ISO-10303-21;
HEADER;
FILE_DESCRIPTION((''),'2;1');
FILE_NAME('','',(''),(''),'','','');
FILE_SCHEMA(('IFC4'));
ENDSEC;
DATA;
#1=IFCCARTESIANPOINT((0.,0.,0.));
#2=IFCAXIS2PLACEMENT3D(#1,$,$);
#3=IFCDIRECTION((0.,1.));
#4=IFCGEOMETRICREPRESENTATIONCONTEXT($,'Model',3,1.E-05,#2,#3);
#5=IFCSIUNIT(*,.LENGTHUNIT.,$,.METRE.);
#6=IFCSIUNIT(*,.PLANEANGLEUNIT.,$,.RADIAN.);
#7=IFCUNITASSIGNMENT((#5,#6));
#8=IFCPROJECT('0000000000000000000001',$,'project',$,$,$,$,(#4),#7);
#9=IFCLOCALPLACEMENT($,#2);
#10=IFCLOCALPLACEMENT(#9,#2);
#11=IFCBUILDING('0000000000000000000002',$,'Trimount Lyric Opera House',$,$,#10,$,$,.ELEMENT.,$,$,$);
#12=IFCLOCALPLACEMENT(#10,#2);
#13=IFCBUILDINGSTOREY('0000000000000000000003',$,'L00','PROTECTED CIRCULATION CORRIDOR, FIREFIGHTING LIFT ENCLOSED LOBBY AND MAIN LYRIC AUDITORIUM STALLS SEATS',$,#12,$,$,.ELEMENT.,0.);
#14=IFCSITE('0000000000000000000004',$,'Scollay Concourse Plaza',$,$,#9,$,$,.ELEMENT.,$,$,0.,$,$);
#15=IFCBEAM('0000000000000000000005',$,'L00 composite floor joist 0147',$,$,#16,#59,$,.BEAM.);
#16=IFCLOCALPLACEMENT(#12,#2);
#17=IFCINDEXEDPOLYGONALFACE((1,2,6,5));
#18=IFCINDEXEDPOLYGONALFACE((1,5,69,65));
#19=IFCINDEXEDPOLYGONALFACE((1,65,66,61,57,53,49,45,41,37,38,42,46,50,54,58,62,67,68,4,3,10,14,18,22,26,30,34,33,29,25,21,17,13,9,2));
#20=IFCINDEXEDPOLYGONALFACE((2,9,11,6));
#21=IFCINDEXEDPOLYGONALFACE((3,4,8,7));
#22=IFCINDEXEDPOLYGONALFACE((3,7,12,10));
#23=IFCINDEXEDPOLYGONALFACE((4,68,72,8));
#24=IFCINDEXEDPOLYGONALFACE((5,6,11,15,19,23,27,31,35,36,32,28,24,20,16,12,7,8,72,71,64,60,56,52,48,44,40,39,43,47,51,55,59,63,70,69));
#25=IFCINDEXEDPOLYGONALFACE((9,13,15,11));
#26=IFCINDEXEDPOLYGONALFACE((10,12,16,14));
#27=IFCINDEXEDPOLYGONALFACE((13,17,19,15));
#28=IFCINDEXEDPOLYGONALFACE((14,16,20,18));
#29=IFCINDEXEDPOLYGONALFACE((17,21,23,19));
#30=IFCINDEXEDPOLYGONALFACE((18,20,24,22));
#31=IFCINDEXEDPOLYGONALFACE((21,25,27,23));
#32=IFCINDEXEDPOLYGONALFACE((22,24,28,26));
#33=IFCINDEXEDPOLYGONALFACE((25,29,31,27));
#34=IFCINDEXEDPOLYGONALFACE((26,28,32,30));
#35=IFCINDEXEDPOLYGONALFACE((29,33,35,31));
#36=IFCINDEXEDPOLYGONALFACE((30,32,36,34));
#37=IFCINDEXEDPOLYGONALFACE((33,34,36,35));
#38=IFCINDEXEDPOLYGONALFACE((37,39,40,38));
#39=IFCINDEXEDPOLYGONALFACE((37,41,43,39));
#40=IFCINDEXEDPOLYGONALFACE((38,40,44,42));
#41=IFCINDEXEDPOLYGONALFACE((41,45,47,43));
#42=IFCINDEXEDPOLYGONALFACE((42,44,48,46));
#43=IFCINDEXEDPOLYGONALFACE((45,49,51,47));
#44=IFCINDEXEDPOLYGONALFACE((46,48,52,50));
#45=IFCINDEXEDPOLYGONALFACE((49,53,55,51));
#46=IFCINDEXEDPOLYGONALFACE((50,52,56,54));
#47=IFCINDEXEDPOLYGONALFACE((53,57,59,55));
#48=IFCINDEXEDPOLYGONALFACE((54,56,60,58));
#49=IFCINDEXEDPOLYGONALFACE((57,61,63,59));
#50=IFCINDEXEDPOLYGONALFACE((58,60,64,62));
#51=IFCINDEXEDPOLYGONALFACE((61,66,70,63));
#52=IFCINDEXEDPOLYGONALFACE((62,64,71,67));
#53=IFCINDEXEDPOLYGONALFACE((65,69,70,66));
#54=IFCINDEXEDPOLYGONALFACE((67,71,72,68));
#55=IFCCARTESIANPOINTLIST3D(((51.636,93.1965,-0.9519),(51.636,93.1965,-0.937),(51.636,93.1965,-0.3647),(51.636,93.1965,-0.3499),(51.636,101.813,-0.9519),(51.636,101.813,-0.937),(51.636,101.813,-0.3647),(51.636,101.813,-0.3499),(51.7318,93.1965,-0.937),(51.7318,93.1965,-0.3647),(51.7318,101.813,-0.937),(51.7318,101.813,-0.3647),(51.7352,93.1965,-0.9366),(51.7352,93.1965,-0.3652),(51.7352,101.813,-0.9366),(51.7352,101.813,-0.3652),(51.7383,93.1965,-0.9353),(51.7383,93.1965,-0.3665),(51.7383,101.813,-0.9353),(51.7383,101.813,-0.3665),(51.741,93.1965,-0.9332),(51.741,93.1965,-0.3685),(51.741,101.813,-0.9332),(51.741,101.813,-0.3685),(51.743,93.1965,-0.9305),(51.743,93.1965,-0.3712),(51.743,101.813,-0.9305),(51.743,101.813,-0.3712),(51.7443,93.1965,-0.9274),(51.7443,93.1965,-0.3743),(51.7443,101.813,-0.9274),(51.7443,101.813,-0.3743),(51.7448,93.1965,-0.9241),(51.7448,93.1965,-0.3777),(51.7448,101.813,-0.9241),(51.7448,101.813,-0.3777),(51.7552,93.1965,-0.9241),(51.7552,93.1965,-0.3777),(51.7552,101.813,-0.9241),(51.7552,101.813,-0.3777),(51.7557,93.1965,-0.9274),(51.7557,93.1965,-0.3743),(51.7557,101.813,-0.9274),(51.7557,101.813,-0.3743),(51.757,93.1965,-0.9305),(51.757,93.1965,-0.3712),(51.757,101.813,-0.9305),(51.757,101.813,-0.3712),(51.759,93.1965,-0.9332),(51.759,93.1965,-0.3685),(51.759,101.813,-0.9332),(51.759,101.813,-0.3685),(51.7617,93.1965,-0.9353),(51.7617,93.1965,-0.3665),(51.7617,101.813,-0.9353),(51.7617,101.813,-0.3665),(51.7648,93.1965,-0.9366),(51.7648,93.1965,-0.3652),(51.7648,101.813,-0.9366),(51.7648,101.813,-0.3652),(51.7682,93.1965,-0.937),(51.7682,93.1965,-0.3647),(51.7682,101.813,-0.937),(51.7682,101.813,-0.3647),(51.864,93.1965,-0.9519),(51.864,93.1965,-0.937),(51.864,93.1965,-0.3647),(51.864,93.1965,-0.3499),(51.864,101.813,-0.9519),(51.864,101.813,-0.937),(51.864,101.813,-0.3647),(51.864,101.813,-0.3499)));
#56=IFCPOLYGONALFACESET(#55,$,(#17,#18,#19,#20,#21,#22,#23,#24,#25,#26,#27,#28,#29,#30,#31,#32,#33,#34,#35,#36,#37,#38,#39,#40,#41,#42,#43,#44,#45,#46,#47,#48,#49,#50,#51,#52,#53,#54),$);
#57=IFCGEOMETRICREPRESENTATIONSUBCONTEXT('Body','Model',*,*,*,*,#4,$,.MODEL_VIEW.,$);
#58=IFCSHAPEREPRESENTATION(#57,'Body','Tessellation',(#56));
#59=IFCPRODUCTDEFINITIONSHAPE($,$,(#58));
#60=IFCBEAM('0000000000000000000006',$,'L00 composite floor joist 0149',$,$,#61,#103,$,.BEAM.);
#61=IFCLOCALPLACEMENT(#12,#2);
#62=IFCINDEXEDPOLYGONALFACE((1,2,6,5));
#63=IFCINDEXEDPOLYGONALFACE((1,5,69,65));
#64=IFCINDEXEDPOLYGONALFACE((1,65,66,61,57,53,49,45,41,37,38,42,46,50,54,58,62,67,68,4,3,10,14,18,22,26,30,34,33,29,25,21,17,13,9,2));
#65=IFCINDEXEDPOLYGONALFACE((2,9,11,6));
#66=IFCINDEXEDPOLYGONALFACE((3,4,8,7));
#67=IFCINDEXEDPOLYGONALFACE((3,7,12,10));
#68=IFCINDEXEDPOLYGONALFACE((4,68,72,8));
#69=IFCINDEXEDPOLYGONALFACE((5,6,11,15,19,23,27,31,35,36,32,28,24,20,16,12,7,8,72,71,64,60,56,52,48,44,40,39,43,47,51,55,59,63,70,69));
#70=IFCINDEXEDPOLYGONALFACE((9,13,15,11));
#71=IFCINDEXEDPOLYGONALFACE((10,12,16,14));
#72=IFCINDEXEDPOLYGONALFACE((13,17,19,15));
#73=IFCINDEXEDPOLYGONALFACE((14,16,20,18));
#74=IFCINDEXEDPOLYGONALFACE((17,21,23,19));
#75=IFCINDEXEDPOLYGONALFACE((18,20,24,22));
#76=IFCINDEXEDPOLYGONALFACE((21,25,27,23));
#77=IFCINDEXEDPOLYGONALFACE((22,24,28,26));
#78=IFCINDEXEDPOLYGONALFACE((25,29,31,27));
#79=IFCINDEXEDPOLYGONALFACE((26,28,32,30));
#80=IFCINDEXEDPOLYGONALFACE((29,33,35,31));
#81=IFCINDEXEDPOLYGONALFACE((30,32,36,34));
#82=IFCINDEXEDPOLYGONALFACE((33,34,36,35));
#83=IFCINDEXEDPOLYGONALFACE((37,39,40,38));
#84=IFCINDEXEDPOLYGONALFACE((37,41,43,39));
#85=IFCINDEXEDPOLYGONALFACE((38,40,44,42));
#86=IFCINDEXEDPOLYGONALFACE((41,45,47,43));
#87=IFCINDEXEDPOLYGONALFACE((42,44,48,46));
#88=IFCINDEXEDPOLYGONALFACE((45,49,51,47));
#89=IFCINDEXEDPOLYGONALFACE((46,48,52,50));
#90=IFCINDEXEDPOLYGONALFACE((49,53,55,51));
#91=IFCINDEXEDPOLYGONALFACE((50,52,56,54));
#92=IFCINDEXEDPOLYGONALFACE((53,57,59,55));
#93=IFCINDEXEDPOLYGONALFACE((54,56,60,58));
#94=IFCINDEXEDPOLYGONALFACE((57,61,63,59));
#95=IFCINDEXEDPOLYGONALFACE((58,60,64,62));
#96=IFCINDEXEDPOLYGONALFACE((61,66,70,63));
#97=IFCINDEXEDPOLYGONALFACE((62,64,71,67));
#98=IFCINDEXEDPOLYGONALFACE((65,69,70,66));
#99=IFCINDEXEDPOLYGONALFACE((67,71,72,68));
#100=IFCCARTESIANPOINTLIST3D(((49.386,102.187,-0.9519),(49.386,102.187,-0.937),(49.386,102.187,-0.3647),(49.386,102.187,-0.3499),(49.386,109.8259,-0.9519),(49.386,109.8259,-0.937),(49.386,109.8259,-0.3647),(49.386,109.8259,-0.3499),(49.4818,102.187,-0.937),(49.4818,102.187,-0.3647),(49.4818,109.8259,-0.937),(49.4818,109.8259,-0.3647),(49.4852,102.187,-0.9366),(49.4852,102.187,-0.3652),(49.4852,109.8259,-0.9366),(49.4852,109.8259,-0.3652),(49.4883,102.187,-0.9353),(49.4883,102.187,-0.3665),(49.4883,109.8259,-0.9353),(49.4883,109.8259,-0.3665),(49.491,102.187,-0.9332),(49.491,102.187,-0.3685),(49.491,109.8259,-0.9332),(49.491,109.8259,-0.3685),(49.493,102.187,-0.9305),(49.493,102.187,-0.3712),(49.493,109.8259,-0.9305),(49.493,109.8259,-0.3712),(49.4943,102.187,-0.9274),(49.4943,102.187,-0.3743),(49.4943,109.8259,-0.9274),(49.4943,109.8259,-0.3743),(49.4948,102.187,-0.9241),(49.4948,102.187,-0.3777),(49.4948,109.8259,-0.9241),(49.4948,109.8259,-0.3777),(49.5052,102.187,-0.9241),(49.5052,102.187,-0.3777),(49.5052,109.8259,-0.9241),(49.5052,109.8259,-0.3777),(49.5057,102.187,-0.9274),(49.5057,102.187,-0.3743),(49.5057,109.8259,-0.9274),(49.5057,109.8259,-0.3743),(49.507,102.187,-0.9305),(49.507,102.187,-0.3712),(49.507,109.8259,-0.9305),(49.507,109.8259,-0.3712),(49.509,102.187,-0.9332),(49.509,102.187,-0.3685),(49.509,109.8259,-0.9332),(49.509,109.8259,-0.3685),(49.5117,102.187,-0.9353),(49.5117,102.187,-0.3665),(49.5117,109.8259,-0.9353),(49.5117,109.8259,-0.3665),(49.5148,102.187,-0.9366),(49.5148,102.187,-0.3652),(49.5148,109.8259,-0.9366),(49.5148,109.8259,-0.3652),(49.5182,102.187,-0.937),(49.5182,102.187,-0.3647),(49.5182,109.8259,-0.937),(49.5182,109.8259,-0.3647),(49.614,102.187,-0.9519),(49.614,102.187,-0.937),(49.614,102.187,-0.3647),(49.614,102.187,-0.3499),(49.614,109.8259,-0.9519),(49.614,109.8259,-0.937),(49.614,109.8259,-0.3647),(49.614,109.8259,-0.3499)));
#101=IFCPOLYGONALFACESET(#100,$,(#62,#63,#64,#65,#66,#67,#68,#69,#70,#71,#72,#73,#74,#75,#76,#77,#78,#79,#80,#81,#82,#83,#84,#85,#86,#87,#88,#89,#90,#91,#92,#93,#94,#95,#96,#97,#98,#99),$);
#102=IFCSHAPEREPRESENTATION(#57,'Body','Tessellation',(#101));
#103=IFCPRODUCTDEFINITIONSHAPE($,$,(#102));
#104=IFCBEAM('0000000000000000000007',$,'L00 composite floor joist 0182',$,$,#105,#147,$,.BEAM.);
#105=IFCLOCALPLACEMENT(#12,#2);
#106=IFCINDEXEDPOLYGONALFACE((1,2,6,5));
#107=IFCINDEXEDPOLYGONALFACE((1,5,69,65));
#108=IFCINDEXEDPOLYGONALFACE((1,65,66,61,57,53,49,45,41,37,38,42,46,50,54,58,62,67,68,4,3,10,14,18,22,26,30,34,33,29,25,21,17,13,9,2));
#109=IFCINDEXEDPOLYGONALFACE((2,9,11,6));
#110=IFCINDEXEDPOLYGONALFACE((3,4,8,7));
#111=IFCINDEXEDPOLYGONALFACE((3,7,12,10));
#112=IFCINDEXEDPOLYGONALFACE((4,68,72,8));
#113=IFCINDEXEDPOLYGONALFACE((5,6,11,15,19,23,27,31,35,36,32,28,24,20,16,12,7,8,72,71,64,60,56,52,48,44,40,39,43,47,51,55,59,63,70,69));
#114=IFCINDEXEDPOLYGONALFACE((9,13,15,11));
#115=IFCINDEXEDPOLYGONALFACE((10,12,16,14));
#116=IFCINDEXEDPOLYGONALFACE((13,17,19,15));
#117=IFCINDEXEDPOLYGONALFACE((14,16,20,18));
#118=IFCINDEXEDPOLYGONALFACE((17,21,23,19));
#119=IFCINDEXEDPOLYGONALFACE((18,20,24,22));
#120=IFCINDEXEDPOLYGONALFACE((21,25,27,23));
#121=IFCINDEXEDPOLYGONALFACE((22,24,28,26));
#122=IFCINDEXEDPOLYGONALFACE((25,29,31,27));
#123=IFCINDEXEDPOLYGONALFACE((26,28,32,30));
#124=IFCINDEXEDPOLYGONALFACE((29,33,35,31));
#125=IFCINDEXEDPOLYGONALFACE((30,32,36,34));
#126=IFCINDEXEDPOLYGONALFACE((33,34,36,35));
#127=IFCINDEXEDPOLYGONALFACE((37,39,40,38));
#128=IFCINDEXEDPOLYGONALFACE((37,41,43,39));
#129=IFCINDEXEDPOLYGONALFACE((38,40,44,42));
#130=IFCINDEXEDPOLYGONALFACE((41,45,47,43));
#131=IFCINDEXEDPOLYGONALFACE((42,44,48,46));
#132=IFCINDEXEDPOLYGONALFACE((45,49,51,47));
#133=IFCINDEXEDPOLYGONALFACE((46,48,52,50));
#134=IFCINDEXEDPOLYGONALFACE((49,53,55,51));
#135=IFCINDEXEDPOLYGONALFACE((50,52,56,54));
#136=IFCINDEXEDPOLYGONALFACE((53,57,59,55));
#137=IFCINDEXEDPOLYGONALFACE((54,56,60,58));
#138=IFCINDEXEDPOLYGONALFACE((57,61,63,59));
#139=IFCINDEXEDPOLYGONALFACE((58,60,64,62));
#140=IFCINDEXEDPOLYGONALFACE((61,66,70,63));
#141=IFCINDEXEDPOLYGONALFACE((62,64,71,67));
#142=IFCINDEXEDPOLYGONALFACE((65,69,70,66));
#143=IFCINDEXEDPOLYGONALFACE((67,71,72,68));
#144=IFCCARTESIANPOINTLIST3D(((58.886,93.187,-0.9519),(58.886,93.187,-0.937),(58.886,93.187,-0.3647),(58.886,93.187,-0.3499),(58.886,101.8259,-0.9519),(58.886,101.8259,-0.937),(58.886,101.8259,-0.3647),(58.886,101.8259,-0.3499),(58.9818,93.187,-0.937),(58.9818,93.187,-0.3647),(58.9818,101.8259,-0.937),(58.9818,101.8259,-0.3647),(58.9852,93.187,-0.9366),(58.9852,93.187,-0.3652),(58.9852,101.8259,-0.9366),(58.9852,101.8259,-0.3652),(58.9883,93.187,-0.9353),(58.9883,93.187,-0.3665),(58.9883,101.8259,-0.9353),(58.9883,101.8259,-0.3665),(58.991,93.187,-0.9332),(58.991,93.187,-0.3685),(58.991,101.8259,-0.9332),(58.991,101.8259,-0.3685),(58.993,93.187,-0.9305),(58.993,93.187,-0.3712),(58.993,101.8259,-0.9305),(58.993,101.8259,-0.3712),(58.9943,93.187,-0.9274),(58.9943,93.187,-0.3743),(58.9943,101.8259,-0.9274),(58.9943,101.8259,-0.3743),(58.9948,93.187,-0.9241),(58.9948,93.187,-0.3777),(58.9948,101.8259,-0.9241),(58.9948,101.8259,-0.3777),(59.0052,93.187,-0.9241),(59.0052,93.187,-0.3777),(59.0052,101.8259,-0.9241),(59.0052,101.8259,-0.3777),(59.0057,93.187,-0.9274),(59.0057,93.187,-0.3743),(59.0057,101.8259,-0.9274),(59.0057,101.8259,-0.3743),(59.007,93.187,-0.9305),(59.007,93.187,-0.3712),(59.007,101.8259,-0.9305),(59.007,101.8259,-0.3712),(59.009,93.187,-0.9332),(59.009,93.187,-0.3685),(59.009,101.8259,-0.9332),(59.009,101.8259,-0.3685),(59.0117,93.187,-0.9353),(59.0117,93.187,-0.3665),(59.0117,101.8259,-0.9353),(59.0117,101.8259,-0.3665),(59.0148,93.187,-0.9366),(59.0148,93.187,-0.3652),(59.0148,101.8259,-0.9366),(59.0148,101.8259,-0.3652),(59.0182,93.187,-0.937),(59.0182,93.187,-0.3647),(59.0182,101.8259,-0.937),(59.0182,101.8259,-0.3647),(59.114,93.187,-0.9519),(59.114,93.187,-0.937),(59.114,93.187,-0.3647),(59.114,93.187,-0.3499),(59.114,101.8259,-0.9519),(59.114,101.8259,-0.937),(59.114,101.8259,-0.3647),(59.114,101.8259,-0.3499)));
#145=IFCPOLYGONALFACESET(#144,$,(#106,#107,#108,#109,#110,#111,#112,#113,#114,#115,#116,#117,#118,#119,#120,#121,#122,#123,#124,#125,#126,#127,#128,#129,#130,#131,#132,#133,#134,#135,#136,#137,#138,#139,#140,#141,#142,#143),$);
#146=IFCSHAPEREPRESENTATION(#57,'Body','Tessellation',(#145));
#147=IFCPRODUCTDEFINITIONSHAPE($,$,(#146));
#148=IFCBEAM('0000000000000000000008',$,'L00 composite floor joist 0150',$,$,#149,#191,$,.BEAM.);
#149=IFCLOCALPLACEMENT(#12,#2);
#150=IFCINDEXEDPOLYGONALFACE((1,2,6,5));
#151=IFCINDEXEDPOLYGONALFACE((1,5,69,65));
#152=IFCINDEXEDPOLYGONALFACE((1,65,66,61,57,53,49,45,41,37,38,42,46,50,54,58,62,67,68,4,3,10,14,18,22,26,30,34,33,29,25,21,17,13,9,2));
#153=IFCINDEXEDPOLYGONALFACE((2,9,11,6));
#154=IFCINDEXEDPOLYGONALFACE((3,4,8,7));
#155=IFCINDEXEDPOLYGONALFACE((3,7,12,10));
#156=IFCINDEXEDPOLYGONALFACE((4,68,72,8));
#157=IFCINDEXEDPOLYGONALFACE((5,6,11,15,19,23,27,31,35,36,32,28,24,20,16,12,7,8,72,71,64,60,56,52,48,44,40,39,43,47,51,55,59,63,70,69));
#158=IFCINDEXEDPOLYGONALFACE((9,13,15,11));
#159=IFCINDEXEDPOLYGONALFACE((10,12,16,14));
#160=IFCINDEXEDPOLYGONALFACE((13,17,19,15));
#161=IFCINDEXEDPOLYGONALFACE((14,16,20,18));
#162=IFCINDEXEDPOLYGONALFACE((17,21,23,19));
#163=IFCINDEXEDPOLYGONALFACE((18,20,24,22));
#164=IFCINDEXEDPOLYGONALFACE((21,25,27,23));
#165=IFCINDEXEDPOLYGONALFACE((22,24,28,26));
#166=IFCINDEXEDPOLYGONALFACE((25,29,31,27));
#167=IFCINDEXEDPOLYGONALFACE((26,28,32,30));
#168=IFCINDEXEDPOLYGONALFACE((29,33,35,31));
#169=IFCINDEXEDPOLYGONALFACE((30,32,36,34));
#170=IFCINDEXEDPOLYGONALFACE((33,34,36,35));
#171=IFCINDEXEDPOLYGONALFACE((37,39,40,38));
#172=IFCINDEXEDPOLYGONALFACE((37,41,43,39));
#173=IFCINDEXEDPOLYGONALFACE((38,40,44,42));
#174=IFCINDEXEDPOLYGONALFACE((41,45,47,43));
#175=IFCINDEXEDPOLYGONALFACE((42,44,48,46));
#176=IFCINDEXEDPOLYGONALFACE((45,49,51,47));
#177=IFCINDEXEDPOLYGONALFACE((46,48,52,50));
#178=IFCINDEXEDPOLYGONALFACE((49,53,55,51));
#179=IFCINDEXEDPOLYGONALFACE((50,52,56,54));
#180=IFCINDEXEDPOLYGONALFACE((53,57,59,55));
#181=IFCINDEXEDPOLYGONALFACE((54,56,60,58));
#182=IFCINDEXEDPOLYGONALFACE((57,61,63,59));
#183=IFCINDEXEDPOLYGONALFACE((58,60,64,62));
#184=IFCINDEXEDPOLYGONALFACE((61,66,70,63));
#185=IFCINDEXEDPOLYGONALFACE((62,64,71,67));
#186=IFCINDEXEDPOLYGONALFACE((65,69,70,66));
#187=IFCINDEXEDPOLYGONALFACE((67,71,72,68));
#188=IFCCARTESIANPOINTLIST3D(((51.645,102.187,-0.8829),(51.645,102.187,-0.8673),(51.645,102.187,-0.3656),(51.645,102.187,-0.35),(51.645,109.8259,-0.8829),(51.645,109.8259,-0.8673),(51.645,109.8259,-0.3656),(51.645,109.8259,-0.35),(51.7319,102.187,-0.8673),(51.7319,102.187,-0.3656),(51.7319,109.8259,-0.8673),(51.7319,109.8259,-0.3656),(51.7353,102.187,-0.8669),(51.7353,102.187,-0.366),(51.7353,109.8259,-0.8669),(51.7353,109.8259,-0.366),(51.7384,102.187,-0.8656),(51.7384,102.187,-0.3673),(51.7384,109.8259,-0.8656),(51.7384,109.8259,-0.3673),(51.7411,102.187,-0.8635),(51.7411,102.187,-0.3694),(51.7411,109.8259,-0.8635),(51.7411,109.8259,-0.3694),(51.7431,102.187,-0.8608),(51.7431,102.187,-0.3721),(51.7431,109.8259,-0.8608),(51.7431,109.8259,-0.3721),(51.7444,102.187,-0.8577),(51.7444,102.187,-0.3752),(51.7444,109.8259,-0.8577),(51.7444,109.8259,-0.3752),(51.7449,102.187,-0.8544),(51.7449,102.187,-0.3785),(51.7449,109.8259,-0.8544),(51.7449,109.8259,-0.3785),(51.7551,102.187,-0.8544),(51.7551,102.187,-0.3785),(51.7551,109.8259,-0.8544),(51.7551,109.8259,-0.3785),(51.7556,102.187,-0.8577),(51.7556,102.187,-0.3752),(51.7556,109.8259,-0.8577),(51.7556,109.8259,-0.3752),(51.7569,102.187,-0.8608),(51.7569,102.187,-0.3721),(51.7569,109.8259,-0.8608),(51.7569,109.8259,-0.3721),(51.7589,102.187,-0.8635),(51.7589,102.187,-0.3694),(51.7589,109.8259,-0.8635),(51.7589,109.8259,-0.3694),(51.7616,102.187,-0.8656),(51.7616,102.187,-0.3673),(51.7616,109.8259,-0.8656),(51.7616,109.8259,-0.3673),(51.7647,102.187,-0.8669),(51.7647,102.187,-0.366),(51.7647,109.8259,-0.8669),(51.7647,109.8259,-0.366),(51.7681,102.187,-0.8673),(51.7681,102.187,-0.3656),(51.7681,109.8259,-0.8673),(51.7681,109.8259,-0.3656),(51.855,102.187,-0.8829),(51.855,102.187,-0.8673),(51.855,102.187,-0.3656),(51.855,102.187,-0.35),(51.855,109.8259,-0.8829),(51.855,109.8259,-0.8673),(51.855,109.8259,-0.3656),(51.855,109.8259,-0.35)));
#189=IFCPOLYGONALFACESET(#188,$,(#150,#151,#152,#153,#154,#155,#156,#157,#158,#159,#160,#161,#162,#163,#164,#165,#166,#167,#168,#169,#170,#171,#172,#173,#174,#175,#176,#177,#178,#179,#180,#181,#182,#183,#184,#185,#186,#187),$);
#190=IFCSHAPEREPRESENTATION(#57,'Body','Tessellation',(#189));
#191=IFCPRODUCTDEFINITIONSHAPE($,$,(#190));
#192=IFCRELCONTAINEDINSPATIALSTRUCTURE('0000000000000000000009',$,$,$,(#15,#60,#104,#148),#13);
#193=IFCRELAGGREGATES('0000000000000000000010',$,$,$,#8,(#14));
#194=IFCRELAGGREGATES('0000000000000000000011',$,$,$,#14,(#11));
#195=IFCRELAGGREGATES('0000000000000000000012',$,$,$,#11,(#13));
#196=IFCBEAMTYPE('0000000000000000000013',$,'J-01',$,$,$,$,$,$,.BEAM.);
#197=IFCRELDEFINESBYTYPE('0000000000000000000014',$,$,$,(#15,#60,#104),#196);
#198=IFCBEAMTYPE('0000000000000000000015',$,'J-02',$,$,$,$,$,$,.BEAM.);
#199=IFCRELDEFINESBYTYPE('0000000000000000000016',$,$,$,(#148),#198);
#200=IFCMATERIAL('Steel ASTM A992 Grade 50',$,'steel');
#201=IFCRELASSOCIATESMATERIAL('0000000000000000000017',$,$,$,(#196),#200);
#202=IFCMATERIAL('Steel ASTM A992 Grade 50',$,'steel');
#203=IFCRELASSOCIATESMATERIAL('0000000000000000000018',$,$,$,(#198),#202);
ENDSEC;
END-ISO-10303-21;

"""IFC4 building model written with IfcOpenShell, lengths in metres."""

from ifc_helpers import new_model, si_unit, direction, frame, origin, origin_2d, place, context, subcontext, project, spatial, i_section, extrude, material, material_profile, profile_set, type_object, element, save


model = new_model("IFC4")

# Units and contexts
model_context = context("Model", 3, precision=1e-05, world=origin(), true_north=direction((0.0, 1.0)))
body_context = subcontext(model_context, "Body", "Model", "MODEL_VIEW")
ifc_project = project(units=[si_unit("LENGTHUNIT", "METRE"), si_unit("PLANEANGLEUNIT", "RADIAN")], contexts=[model_context])

# Site, building, storey
site_placement = place(None, origin())
site = spatial("IfcSite", under=ifc_project, at=site_placement, Name="Scollay Concourse Plaza", CompositionType="ELEMENT", RefElevation=0.0)
building_placement = place(site_placement, origin())
building = spatial("IfcBuilding", under=site, at=building_placement, Name="Trimount Lyric Opera House", CompositionType="ELEMENT")
storey_placement = place(building_placement, origin())
storey = spatial("IfcBuildingStorey", under=building, at=storey_placement, Name="L00", Description="PROTECTED CIRCULATION CORRIDOR, FIREFIGHTING LIFT ENCLOSED LOBBY AND MAIN LYRIC AUDITORIUM STALLS SEATS", CompositionType="ELEMENT", Elevation=0.0)

# Beams
ifc_material_1 = material(Name="Steel ASTM A992 Grade 50", Category="steel")
ifc_material_profile_1 = material_profile(ifc_material_1, i_section(OverallWidth=0.228, OverallDepth=0.6021, WebThickness=0.0105, FlangeThickness=0.0149, FilletRadius=0.0129, at=origin_2d()), Name="W24X68")
ifc_profile_set_1 = profile_set([ifc_material_profile_1], Name="Steel ASTM A992 Grade 50")
beam_type_1 = type_object("IfcBeamType", Name="J-01", PredefinedType="BEAM", material=ifc_profile_set_1)
beam_1_placement = place(storey_placement, frame((51.75, 93.1965, -0.6509), z_axis=(0.0, 1.0, 0.0), x_axis=(-1.0, 0.0, 0.0)))
element("IfcBeam", 1, at=beam_1_placement, inside=storey, type_object=beam_type_1, Name="L00 composite floor joist 0147", PredefinedType="BEAM", context=body_context, shape_type="SweptSolid", body=[
    extrude(i_section(OverallWidth=0.228, OverallDepth=0.6021, WebThickness=0.0105, FlangeThickness=0.0149, FilletRadius=0.0129, at=origin_2d()), origin(), (0.0, 0.0, 1.0), 8.6165),
])
beam_2_placement = place(storey_placement, frame((49.5, 102.187, -0.6509), z_axis=(0.0, 1.0, 0.0), x_axis=(-1.0, 0.0, 0.0)))
element("IfcBeam", 2, at=beam_2_placement, inside=storey, type_object=beam_type_1, Name="L00 composite floor joist 0149", PredefinedType="BEAM", context=body_context, shape_type="SweptSolid", body=[
    extrude(i_section(OverallWidth=0.228, OverallDepth=0.6021, WebThickness=0.0105, FlangeThickness=0.0149, FilletRadius=0.0129, at=origin_2d()), origin(), (0.0, 0.0, 1.0), 7.6389),
])
beam_3_placement = place(storey_placement, frame((59.0, 93.187, -0.6509), z_axis=(0.0, 1.0, 0.0), x_axis=(-1.0, 0.0, 0.0)))
element("IfcBeam", 3, at=beam_3_placement, inside=storey, type_object=beam_type_1, Name="L00 composite floor joist 0182", PredefinedType="BEAM", context=body_context, shape_type="SweptSolid", body=[
    extrude(i_section(OverallWidth=0.228, OverallDepth=0.6021, WebThickness=0.0105, FlangeThickness=0.0149, FilletRadius=0.0129, at=origin_2d()), origin(), (0.0, 0.0, 1.0), 8.6389),
])
ifc_material_2 = material(Name="Steel ASTM A992 Grade 50", Category="steel")
ifc_material_profile_2 = material_profile(ifc_material_2, i_section(OverallWidth=0.21, OverallDepth=0.533, WebThickness=0.0103, FlangeThickness=0.0156, FilletRadius=0.0129, at=origin_2d()), Name="W21X62")
ifc_profile_set_2 = profile_set([ifc_material_profile_2], Name="Steel ASTM A992 Grade 50")
beam_type_2 = type_object("IfcBeamType", Name="J-02", PredefinedType="BEAM", material=ifc_profile_set_2)
beam_4_placement = place(storey_placement, frame((51.75, 102.187, -0.6165), z_axis=(0.0, 1.0, 0.0), x_axis=(-1.0, 0.0, 0.0)))
element("IfcBeam", 4, at=beam_4_placement, inside=storey, type_object=beam_type_2, Name="L00 composite floor joist 0150", PredefinedType="BEAM", context=body_context, shape_type="SweptSolid", body=[
    extrude(i_section(OverallWidth=0.21, OverallDepth=0.533, WebThickness=0.0103, FlangeThickness=0.0156, FilletRadius=0.0129, at=origin_2d()), origin(), (0.0, 0.0, 1.0), 7.6389),
])

save(model, "model.ifc")
